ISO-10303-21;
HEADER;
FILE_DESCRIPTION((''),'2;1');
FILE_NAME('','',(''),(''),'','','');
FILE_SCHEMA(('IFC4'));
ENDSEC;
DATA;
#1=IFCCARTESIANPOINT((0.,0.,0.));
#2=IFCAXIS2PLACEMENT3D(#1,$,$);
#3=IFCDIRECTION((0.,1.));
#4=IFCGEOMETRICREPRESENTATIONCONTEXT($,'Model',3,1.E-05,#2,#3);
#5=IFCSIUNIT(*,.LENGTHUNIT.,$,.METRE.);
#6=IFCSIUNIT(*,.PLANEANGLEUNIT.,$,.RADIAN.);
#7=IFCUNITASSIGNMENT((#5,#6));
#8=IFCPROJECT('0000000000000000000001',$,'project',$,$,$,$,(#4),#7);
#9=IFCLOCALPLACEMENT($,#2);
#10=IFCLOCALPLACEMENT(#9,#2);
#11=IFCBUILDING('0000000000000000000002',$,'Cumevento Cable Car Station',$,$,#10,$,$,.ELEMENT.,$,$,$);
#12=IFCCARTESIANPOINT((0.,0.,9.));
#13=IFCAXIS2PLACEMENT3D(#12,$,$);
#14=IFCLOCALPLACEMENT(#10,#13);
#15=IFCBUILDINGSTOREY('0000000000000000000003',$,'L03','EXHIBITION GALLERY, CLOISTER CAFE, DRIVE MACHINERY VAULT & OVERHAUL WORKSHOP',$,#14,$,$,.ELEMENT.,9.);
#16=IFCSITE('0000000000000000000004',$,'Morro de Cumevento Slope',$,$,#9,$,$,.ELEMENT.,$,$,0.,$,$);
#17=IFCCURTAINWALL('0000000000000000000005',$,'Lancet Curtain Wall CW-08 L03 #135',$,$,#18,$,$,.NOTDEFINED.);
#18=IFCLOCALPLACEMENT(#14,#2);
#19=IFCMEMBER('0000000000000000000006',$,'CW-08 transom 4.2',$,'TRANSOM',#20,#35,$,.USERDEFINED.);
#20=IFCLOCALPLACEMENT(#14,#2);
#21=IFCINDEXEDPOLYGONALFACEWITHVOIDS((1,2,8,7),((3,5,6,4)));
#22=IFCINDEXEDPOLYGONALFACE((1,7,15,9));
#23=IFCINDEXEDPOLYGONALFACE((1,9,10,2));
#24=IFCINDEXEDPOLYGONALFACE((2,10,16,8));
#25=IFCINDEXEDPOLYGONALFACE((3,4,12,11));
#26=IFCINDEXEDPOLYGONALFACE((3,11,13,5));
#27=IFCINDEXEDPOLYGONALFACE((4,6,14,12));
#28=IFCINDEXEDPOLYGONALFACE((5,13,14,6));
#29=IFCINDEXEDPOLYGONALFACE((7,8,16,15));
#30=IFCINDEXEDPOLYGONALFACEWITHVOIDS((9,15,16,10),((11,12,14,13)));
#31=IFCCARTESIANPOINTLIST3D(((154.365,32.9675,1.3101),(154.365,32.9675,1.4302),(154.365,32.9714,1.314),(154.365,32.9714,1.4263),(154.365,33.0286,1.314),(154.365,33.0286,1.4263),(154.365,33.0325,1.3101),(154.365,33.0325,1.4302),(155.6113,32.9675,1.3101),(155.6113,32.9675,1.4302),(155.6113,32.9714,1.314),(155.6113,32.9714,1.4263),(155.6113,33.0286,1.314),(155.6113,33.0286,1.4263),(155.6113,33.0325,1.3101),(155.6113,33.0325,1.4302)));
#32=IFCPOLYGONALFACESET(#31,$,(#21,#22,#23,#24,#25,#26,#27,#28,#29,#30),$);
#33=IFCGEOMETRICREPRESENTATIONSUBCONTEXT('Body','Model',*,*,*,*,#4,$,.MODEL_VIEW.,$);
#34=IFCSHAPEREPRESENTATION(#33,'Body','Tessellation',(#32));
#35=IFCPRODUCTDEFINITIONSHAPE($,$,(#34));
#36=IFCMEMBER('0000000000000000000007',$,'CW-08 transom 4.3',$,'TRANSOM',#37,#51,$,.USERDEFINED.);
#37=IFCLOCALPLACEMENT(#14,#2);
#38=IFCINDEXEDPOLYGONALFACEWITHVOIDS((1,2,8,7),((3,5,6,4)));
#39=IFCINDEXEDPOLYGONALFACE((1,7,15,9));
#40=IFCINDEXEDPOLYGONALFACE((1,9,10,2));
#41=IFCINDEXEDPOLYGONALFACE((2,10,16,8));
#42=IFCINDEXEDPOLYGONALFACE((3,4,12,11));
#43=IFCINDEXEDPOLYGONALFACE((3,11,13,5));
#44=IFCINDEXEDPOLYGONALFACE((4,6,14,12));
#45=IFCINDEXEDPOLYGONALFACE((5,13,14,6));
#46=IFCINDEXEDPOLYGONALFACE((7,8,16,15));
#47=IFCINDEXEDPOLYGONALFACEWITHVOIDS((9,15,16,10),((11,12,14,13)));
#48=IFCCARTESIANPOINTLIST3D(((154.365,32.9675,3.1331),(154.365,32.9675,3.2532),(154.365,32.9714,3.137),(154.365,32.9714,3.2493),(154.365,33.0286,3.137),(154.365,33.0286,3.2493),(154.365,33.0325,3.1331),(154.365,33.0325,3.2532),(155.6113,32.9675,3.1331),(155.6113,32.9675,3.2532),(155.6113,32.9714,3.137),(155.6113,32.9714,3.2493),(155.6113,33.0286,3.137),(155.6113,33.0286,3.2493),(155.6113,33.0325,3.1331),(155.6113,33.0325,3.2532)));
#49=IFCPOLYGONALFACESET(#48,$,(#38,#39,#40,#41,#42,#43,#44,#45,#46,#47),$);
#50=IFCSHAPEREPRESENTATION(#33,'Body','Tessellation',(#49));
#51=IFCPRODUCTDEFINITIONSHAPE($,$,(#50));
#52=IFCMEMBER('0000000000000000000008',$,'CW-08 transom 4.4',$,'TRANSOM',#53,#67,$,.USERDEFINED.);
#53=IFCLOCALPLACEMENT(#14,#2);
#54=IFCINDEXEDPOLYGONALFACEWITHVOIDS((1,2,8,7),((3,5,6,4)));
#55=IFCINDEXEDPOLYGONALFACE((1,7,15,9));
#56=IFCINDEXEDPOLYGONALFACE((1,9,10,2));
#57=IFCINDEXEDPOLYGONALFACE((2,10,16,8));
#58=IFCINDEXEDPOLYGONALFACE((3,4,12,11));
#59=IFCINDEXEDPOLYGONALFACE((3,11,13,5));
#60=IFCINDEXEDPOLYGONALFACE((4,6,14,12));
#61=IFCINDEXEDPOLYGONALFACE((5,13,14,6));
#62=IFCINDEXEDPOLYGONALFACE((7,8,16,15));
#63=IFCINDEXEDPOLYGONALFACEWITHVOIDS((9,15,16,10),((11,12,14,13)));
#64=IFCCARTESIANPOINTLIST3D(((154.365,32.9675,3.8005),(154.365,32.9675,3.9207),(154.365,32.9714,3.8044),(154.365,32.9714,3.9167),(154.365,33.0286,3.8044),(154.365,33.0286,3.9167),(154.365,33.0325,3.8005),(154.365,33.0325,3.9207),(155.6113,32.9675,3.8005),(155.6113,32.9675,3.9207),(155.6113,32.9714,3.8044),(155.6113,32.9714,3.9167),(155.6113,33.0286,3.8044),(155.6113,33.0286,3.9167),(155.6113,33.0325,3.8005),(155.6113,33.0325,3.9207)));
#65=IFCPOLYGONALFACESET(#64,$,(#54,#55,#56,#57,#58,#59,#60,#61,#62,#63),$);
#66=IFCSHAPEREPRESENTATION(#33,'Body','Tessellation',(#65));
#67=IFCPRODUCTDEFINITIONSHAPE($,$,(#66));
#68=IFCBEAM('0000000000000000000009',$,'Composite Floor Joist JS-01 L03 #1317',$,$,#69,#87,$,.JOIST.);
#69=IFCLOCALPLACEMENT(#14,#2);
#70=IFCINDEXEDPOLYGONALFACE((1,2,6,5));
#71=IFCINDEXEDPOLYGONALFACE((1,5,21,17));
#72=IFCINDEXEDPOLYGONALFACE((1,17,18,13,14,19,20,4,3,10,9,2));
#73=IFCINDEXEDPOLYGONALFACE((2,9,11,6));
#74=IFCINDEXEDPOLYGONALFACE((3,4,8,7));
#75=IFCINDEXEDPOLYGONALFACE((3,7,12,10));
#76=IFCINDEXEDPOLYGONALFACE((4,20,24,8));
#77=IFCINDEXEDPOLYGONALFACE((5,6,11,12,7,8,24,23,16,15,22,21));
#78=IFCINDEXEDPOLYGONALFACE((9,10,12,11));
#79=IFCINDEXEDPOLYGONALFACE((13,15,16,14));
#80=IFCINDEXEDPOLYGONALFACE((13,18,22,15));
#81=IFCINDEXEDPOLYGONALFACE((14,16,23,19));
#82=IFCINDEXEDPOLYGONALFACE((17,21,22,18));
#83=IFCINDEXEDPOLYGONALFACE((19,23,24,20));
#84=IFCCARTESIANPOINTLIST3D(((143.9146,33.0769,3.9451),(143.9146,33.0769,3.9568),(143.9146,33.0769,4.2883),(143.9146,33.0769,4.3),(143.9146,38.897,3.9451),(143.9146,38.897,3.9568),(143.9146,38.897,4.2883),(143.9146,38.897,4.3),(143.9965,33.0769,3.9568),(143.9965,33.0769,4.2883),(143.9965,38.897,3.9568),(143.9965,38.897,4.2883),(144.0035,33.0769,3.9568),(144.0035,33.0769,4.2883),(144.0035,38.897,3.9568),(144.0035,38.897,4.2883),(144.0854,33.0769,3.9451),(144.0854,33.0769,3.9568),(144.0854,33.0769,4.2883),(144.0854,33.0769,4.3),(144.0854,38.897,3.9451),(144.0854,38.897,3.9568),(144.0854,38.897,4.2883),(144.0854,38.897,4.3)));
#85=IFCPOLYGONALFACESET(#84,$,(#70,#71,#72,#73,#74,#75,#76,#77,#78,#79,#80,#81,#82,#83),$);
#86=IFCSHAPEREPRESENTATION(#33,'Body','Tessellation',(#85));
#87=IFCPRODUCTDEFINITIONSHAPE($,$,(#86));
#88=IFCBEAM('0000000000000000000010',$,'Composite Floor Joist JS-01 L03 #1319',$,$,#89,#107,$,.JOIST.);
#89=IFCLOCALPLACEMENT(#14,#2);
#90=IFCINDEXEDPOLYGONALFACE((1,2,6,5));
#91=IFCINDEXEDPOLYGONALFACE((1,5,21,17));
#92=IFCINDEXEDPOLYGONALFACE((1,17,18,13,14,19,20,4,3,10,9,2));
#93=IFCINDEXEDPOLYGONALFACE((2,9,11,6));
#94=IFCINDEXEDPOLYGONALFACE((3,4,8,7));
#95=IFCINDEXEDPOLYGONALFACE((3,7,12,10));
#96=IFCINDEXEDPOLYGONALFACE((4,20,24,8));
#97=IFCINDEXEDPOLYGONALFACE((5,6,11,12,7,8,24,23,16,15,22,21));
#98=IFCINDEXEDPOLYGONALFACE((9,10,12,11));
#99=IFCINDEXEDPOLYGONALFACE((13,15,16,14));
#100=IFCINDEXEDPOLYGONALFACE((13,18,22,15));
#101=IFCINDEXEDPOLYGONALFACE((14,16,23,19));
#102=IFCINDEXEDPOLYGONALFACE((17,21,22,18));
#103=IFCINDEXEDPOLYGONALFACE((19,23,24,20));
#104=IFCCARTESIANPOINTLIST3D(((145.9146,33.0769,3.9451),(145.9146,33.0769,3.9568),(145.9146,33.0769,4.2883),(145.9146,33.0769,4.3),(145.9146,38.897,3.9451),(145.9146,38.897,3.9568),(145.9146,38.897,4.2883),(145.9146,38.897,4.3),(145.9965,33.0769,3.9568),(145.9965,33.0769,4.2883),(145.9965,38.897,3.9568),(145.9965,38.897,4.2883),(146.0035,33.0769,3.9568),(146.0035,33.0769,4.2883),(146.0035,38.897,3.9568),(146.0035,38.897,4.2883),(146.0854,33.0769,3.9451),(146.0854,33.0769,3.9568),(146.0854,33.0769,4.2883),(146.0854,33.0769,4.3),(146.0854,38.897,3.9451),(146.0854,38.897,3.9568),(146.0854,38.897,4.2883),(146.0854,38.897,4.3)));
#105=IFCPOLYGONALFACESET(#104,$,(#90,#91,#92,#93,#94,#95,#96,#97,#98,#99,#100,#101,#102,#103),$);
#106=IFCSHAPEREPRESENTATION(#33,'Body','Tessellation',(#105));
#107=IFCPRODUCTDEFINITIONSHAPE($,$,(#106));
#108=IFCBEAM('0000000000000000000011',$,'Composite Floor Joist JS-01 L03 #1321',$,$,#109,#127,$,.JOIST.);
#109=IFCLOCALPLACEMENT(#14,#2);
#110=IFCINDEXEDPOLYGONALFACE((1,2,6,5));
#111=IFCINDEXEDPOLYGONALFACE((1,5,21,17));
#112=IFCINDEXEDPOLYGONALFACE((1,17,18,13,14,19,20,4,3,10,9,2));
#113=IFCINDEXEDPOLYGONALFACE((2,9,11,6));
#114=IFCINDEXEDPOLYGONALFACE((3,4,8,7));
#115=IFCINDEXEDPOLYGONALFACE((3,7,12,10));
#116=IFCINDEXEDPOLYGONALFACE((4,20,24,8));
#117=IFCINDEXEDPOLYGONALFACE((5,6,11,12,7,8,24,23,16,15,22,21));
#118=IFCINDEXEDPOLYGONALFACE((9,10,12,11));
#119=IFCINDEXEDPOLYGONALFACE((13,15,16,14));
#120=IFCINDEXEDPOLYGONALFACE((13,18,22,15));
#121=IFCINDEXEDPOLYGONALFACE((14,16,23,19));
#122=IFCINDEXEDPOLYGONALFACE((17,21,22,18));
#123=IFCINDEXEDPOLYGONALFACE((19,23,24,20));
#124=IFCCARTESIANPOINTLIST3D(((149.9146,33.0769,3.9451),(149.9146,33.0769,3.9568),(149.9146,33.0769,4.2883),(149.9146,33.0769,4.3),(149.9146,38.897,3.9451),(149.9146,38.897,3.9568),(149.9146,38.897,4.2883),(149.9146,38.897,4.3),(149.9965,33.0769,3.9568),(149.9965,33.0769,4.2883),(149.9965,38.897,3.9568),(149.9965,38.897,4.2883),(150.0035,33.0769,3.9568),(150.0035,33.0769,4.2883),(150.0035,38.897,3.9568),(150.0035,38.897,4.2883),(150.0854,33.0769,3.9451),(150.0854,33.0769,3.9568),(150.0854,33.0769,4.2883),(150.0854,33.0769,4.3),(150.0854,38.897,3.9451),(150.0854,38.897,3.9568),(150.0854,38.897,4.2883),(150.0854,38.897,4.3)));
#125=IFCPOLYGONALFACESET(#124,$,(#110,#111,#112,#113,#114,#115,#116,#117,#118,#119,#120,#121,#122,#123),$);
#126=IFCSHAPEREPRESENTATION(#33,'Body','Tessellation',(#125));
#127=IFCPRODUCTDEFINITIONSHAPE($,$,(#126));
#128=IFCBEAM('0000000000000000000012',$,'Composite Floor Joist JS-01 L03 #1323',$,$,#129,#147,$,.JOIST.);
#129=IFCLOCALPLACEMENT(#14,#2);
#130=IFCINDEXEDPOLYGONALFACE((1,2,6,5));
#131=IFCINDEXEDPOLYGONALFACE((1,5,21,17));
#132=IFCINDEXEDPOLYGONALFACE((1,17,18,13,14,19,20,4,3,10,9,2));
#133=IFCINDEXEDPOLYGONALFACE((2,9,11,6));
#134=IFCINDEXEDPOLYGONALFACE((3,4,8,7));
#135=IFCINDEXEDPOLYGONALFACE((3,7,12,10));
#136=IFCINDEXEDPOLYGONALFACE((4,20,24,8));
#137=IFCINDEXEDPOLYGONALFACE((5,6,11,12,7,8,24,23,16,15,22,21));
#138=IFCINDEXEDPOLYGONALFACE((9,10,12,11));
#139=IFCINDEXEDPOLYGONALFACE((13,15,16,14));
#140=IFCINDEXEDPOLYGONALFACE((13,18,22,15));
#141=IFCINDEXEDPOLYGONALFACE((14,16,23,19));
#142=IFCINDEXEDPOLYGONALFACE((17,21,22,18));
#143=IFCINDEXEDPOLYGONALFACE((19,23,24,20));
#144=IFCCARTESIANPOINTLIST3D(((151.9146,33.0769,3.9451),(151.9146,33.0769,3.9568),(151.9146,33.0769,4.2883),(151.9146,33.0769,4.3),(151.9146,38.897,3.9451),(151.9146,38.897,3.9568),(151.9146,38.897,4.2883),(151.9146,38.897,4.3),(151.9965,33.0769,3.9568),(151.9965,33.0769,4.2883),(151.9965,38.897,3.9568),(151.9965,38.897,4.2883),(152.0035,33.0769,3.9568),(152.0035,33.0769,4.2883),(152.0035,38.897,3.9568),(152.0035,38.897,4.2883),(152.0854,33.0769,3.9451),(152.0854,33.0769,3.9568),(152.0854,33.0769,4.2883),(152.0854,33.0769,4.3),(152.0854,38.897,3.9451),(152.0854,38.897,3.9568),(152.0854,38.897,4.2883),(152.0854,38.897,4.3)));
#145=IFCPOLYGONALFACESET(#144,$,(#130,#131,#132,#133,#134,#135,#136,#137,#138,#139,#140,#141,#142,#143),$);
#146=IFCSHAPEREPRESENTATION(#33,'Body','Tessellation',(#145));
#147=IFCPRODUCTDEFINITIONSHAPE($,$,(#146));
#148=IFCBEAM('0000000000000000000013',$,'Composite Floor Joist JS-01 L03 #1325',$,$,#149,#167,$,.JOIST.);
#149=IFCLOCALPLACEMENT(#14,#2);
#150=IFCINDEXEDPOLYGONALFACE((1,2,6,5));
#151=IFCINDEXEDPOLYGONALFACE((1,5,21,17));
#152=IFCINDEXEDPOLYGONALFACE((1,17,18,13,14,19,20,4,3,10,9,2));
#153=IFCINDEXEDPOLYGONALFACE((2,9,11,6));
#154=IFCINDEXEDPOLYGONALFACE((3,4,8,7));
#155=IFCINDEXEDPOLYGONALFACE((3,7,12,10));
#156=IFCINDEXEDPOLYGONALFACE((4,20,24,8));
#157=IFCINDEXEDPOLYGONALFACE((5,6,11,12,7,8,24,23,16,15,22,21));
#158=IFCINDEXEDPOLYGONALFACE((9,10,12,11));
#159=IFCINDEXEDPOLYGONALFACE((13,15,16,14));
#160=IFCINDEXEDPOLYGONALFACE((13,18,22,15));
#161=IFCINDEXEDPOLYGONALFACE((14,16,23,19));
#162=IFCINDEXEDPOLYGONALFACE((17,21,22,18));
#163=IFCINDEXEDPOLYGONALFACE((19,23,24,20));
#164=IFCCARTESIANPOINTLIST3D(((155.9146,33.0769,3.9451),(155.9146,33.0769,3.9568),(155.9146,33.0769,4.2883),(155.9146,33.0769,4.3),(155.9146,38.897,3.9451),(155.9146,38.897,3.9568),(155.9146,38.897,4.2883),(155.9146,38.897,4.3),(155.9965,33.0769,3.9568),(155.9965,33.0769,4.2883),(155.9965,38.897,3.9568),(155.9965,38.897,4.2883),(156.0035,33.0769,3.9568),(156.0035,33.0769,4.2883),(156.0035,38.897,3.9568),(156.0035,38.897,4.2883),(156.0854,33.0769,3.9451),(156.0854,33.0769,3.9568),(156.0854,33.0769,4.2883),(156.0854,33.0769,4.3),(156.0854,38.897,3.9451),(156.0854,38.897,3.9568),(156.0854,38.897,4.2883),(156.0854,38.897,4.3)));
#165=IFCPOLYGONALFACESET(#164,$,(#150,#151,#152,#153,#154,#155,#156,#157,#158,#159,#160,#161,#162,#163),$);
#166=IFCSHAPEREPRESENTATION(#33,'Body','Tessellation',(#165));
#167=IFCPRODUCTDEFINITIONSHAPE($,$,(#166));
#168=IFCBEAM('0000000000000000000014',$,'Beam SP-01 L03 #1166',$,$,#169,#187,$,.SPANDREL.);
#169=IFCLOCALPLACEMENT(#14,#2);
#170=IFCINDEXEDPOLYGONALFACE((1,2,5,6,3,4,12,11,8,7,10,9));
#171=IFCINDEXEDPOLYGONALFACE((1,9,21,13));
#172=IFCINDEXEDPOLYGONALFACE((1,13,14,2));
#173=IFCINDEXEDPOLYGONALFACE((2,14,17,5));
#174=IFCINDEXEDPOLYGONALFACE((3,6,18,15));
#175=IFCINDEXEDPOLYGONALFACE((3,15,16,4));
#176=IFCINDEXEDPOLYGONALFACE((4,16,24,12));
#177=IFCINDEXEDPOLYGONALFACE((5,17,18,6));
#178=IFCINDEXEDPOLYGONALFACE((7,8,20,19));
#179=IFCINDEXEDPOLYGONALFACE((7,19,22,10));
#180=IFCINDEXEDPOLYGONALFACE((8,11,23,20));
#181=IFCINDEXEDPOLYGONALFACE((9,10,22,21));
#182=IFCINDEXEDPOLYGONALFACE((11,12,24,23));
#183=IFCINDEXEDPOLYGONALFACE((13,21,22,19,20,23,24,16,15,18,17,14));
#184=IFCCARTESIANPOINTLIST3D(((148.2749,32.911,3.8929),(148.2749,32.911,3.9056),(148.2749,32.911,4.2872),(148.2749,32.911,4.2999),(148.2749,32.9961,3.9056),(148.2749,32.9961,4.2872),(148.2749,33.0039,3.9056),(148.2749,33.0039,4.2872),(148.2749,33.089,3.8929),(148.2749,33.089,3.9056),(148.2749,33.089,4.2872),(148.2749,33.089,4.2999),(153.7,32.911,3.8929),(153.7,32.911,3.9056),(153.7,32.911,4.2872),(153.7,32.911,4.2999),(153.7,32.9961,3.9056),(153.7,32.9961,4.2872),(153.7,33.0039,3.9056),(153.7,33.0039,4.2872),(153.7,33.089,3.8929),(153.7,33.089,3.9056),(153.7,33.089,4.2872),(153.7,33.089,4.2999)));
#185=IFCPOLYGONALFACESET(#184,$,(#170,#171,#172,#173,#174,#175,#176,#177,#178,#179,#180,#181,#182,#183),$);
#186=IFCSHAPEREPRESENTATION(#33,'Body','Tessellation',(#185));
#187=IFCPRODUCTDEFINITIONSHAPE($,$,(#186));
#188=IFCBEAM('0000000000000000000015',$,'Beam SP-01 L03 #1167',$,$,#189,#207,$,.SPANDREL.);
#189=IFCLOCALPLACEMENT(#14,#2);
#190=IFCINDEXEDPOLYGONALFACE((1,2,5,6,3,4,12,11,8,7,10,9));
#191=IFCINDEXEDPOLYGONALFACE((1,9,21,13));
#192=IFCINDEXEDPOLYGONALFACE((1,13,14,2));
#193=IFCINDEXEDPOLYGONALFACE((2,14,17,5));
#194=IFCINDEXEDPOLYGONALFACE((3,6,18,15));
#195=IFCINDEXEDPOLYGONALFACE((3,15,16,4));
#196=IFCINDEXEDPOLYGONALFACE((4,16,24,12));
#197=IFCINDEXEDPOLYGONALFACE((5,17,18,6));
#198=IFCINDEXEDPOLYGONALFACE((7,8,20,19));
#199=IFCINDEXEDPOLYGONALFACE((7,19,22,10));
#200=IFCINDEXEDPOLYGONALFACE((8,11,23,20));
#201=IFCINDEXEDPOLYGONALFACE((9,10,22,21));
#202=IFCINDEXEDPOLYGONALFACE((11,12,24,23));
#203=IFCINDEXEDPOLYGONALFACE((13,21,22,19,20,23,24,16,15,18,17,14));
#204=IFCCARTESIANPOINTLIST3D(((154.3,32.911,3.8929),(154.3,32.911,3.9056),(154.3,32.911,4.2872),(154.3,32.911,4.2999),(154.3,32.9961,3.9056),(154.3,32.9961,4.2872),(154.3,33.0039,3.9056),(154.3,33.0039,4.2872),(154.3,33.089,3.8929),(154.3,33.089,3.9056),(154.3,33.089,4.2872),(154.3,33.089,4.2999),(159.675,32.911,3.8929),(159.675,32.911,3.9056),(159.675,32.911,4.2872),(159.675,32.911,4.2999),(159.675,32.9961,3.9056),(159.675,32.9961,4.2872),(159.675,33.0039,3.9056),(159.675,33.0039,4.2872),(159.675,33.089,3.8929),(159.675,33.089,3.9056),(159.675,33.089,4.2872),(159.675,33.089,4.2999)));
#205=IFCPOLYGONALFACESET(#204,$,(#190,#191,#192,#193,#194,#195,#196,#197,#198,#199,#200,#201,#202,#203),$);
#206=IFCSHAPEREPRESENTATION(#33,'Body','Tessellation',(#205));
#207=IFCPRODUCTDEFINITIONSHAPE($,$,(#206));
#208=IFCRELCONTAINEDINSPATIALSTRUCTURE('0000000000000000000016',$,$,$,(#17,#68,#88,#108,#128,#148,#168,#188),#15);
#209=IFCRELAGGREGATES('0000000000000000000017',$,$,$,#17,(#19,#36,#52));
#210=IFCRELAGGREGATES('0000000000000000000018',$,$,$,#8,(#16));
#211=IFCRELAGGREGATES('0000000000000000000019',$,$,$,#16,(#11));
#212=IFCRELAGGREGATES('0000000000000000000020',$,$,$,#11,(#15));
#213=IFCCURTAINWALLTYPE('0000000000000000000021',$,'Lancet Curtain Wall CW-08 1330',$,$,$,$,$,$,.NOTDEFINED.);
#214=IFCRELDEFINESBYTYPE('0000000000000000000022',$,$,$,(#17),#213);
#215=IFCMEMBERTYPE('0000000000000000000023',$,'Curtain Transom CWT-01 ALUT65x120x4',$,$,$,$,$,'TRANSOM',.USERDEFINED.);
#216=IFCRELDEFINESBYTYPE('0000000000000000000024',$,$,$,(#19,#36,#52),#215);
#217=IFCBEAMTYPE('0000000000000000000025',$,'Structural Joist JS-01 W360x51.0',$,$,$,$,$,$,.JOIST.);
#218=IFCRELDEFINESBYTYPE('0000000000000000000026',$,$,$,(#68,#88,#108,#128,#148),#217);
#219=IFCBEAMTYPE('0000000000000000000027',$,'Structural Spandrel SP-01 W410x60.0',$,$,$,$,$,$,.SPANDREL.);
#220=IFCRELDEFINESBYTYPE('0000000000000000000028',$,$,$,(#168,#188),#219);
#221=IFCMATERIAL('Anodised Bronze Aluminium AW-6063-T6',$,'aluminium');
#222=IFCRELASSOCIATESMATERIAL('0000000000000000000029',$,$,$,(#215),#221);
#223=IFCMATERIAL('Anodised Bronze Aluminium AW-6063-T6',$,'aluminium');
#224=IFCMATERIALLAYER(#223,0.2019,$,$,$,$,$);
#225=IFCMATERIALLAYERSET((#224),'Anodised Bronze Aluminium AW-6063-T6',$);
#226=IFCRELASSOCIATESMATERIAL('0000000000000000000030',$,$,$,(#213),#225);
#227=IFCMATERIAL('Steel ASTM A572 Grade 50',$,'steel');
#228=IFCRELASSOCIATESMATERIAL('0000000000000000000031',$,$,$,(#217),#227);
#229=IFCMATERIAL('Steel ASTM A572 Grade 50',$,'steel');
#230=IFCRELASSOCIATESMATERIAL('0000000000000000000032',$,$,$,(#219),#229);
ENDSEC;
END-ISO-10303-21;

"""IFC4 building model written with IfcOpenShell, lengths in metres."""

from ifc_helpers import new_model, si_unit, direction, frame, origin, origin_2d, place, context, subcontext, project, spatial, hollow_rectangle, i_section, extrude, material, layer, layer_set, material_profile, profile_set, type_object, element, aggregate, save


model = new_model("IFC4")

# Units and contexts
model_context = context("Model", 3, precision=1e-05, world=origin(), true_north=direction((0.0, 1.0)))
body_context = subcontext(model_context, "Body", "Model", "MODEL_VIEW")
ifc_project = project(units=[si_unit("LENGTHUNIT", "METRE"), si_unit("PLANEANGLEUNIT", "RADIAN")], contexts=[model_context])

# Site, building, storey
site_placement = place(None, origin())
site = spatial("IfcSite", under=ifc_project, at=site_placement, Name="Morro de Cumevento Slope", CompositionType="ELEMENT", RefElevation=0.0)
building_placement = place(site_placement, origin())
building = spatial("IfcBuilding", under=site, at=building_placement, Name="Cumevento Cable Car Station", CompositionType="ELEMENT")
storey_placement = place(building_placement, frame((0.0, 0.0, 9.0)))
storey = spatial("IfcBuildingStorey", under=building, at=storey_placement, Name="L03", Description="EXHIBITION GALLERY, CLOISTER CAFE, DRIVE MACHINERY VAULT & OVERHAUL WORKSHOP", CompositionType="ELEMENT", Elevation=9.0)

# Curtain wall, members
ifc_material_1 = material(Name="Anodised Bronze Aluminium AW-6063-T6", Category="aluminium")
ifc_material_profile_1 = material_profile(ifc_material_1, hollow_rectangle(XDim=0.0649, YDim=0.1201, WallThickness=0.0039, at=origin_2d()), Name="ALUT65x120x4")
ifc_profile_set_1 = profile_set([ifc_material_profile_1], Name="Anodised Bronze Aluminium AW-6063-T6")
member_type = type_object("IfcMemberType", Name="Curtain Transom CWT-01 ALUT65x120x4", ElementType="TRANSOM", PredefinedType="USERDEFINED", material=ifc_profile_set_1)
ifc_material_2 = material(Name="Anodised Bronze Aluminium AW-6063-T6", Category="aluminium")
ifc_layer_1 = layer(ifc_material_2, 0.2019)
ifc_layer_set_1 = layer_set([ifc_layer_1], Name="Anodised Bronze Aluminium AW-6063-T6")
curtain_wall_type_1 = type_object("IfcCurtainWallType", Name="Lancet Curtain Wall CW-08 1330", PredefinedType="NOTDEFINED", material=ifc_layer_set_1)
curtain_wall_1_placement = place(storey_placement, origin())
curtain_wall_1 = element("IfcCurtainWall", 1, at=curtain_wall_1_placement, inside=storey, type_object=curtain_wall_type_1, Name="Lancet Curtain Wall CW-08 L03 #135", PredefinedType="NOTDEFINED")
member_1_placement = place(storey_placement, frame((155.6113, 33.0, 1.3701), z_axis=(-1.0, 0.0, 0.0), x_axis=(0.0, -1.0, 0.0)))
member_1 = element("IfcMember", 2, at=member_1_placement, type_object=member_type, Name="CW-08 transom 4.2", ObjectType="TRANSOM", PredefinedType="USERDEFINED", context=body_context, shape_type="SweptSolid", body=[
    extrude(hollow_rectangle(XDim=0.0649, YDim=0.1201, WallThickness=0.0039, at=origin_2d()), origin(), (0.0, 0.0, 1.0), 1.2463),
])
member_2_placement = place(storey_placement, frame((155.6113, 33.0, 3.1931), z_axis=(-1.0, 0.0, 0.0), x_axis=(0.0, -1.0, 0.0)))
member_2 = element("IfcMember", 3, at=member_2_placement, type_object=member_type, Name="CW-08 transom 4.3", ObjectType="TRANSOM", PredefinedType="USERDEFINED", context=body_context, shape_type="SweptSolid", body=[
    extrude(hollow_rectangle(XDim=0.0649, YDim=0.1201, WallThickness=0.0039, at=origin_2d()), origin(), (0.0, 0.0, 1.0), 1.2463),
])
member_3_placement = place(storey_placement, frame((155.6113, 33.0, 3.8606), z_axis=(-1.0, 0.0, 0.0), x_axis=(0.0, -1.0, 0.0)))
member_3 = element("IfcMember", 4, at=member_3_placement, type_object=member_type, Name="CW-08 transom 4.4", ObjectType="TRANSOM", PredefinedType="USERDEFINED", context=body_context, shape_type="SweptSolid", body=[
    extrude(hollow_rectangle(XDim=0.0649, YDim=0.1201, WallThickness=0.0039, at=origin_2d()), origin(), (0.0, 0.0, 1.0), 1.2463),
])

# Beams
ifc_material_3 = material(Name="Steel ASTM A572 Grade 50", Category="steel")
ifc_material_profile_2 = material_profile(ifc_material_3, i_section(OverallWidth=0.1709, OverallDepth=0.355, WebThickness=0.0071, FlangeThickness=0.0117, at=origin_2d()), Name="W360x51.0")
ifc_profile_set_2 = profile_set([ifc_material_profile_2], Name="Steel ASTM A572 Grade 50")
beam_type_1 = type_object("IfcBeamType", Name="Structural Joist JS-01 W360x51.0", PredefinedType="JOIST", material=ifc_profile_set_2)
for number, where, z_axis, x_axis, name in (
    (5, (144.0, 33.0769, 4.1226), (0.0, 1.0, 0.0), (-1.0, 0.0, 0.0), "Composite Floor Joist JS-01 L03 #1317"),
    (6, (146.0, 33.0769, 4.1226), (0.0, 1.0, 0.0), (-1.0, 0.0, 0.0), "Composite Floor Joist JS-01 L03 #1319"),
    (7, (150.0, 33.0769, 4.1226), (0.0, 1.0, 0.0), (-1.0, 0.0, 0.0), "Composite Floor Joist JS-01 L03 #1321"),
    (8, (152.0, 33.0769, 4.1226), (0.0, 1.0, 0.0), (-1.0, 0.0, 0.0), "Composite Floor Joist JS-01 L03 #1323"),
    (9, (156.0, 33.0769, 4.1226), (0.0, 1.0, 0.0), (-1.0, 0.0, 0.0), "Composite Floor Joist JS-01 L03 #1325"),
):
    element("IfcBeam", number, at=place(storey_placement, frame(where, z_axis=z_axis, x_axis=x_axis)), inside=storey, type_object=beam_type_1, Name=name, PredefinedType="JOIST", context=body_context, shape_type="SweptSolid", body=[
        extrude(i_section(OverallWidth=0.1709, OverallDepth=0.355, WebThickness=0.0071, FlangeThickness=0.0117, at=origin_2d()), origin(), (0.0, 0.0, 1.0), 5.8201),
    ])
ifc_material_4 = material(Name="Steel ASTM A572 Grade 50", Category="steel")
ifc_material_profile_3 = material_profile(ifc_material_4, i_section(OverallWidth=0.178, OverallDepth=0.407, WebThickness=0.0078, FlangeThickness=0.0127, at=origin_2d()), Name="W410x60.0")
ifc_profile_set_3 = profile_set([ifc_material_profile_3], Name="Steel ASTM A572 Grade 50")
beam_type_2 = type_object("IfcBeamType", Name="Structural Spandrel SP-01 W410x60.0", PredefinedType="SPANDREL", material=ifc_profile_set_3)
beam_1_placement = place(storey_placement, frame((148.2749, 33.0, 4.0964), z_axis=(1.0, 0.0, 0.0), x_axis=(0.0, 1.0, 0.0)))
element("IfcBeam", 10, at=beam_1_placement, inside=storey, type_object=beam_type_2, Name="Beam SP-01 L03 #1166", PredefinedType="SPANDREL", context=body_context, shape_type="SweptSolid", body=[
    extrude(i_section(OverallWidth=0.178, OverallDepth=0.407, WebThickness=0.0078, FlangeThickness=0.0127, at=origin_2d()), origin(), (0.0, 0.0, 1.0), 5.425),
])
beam_2_placement = place(storey_placement, frame((154.3, 33.0, 4.0964), z_axis=(1.0, 0.0, 0.0), x_axis=(0.0, 1.0, 0.0)))
element("IfcBeam", 11, at=beam_2_placement, inside=storey, type_object=beam_type_2, Name="Beam SP-01 L03 #1167", PredefinedType="SPANDREL", context=body_context, shape_type="SweptSolid", body=[
    extrude(i_section(OverallWidth=0.178, OverallDepth=0.407, WebThickness=0.0078, FlangeThickness=0.0127, at=origin_2d()), origin(), (0.0, 0.0, 1.0), 5.375),
])

aggregate(curtain_wall_1, [member_1, member_2, member_3])

save(model, "model.ifc")
